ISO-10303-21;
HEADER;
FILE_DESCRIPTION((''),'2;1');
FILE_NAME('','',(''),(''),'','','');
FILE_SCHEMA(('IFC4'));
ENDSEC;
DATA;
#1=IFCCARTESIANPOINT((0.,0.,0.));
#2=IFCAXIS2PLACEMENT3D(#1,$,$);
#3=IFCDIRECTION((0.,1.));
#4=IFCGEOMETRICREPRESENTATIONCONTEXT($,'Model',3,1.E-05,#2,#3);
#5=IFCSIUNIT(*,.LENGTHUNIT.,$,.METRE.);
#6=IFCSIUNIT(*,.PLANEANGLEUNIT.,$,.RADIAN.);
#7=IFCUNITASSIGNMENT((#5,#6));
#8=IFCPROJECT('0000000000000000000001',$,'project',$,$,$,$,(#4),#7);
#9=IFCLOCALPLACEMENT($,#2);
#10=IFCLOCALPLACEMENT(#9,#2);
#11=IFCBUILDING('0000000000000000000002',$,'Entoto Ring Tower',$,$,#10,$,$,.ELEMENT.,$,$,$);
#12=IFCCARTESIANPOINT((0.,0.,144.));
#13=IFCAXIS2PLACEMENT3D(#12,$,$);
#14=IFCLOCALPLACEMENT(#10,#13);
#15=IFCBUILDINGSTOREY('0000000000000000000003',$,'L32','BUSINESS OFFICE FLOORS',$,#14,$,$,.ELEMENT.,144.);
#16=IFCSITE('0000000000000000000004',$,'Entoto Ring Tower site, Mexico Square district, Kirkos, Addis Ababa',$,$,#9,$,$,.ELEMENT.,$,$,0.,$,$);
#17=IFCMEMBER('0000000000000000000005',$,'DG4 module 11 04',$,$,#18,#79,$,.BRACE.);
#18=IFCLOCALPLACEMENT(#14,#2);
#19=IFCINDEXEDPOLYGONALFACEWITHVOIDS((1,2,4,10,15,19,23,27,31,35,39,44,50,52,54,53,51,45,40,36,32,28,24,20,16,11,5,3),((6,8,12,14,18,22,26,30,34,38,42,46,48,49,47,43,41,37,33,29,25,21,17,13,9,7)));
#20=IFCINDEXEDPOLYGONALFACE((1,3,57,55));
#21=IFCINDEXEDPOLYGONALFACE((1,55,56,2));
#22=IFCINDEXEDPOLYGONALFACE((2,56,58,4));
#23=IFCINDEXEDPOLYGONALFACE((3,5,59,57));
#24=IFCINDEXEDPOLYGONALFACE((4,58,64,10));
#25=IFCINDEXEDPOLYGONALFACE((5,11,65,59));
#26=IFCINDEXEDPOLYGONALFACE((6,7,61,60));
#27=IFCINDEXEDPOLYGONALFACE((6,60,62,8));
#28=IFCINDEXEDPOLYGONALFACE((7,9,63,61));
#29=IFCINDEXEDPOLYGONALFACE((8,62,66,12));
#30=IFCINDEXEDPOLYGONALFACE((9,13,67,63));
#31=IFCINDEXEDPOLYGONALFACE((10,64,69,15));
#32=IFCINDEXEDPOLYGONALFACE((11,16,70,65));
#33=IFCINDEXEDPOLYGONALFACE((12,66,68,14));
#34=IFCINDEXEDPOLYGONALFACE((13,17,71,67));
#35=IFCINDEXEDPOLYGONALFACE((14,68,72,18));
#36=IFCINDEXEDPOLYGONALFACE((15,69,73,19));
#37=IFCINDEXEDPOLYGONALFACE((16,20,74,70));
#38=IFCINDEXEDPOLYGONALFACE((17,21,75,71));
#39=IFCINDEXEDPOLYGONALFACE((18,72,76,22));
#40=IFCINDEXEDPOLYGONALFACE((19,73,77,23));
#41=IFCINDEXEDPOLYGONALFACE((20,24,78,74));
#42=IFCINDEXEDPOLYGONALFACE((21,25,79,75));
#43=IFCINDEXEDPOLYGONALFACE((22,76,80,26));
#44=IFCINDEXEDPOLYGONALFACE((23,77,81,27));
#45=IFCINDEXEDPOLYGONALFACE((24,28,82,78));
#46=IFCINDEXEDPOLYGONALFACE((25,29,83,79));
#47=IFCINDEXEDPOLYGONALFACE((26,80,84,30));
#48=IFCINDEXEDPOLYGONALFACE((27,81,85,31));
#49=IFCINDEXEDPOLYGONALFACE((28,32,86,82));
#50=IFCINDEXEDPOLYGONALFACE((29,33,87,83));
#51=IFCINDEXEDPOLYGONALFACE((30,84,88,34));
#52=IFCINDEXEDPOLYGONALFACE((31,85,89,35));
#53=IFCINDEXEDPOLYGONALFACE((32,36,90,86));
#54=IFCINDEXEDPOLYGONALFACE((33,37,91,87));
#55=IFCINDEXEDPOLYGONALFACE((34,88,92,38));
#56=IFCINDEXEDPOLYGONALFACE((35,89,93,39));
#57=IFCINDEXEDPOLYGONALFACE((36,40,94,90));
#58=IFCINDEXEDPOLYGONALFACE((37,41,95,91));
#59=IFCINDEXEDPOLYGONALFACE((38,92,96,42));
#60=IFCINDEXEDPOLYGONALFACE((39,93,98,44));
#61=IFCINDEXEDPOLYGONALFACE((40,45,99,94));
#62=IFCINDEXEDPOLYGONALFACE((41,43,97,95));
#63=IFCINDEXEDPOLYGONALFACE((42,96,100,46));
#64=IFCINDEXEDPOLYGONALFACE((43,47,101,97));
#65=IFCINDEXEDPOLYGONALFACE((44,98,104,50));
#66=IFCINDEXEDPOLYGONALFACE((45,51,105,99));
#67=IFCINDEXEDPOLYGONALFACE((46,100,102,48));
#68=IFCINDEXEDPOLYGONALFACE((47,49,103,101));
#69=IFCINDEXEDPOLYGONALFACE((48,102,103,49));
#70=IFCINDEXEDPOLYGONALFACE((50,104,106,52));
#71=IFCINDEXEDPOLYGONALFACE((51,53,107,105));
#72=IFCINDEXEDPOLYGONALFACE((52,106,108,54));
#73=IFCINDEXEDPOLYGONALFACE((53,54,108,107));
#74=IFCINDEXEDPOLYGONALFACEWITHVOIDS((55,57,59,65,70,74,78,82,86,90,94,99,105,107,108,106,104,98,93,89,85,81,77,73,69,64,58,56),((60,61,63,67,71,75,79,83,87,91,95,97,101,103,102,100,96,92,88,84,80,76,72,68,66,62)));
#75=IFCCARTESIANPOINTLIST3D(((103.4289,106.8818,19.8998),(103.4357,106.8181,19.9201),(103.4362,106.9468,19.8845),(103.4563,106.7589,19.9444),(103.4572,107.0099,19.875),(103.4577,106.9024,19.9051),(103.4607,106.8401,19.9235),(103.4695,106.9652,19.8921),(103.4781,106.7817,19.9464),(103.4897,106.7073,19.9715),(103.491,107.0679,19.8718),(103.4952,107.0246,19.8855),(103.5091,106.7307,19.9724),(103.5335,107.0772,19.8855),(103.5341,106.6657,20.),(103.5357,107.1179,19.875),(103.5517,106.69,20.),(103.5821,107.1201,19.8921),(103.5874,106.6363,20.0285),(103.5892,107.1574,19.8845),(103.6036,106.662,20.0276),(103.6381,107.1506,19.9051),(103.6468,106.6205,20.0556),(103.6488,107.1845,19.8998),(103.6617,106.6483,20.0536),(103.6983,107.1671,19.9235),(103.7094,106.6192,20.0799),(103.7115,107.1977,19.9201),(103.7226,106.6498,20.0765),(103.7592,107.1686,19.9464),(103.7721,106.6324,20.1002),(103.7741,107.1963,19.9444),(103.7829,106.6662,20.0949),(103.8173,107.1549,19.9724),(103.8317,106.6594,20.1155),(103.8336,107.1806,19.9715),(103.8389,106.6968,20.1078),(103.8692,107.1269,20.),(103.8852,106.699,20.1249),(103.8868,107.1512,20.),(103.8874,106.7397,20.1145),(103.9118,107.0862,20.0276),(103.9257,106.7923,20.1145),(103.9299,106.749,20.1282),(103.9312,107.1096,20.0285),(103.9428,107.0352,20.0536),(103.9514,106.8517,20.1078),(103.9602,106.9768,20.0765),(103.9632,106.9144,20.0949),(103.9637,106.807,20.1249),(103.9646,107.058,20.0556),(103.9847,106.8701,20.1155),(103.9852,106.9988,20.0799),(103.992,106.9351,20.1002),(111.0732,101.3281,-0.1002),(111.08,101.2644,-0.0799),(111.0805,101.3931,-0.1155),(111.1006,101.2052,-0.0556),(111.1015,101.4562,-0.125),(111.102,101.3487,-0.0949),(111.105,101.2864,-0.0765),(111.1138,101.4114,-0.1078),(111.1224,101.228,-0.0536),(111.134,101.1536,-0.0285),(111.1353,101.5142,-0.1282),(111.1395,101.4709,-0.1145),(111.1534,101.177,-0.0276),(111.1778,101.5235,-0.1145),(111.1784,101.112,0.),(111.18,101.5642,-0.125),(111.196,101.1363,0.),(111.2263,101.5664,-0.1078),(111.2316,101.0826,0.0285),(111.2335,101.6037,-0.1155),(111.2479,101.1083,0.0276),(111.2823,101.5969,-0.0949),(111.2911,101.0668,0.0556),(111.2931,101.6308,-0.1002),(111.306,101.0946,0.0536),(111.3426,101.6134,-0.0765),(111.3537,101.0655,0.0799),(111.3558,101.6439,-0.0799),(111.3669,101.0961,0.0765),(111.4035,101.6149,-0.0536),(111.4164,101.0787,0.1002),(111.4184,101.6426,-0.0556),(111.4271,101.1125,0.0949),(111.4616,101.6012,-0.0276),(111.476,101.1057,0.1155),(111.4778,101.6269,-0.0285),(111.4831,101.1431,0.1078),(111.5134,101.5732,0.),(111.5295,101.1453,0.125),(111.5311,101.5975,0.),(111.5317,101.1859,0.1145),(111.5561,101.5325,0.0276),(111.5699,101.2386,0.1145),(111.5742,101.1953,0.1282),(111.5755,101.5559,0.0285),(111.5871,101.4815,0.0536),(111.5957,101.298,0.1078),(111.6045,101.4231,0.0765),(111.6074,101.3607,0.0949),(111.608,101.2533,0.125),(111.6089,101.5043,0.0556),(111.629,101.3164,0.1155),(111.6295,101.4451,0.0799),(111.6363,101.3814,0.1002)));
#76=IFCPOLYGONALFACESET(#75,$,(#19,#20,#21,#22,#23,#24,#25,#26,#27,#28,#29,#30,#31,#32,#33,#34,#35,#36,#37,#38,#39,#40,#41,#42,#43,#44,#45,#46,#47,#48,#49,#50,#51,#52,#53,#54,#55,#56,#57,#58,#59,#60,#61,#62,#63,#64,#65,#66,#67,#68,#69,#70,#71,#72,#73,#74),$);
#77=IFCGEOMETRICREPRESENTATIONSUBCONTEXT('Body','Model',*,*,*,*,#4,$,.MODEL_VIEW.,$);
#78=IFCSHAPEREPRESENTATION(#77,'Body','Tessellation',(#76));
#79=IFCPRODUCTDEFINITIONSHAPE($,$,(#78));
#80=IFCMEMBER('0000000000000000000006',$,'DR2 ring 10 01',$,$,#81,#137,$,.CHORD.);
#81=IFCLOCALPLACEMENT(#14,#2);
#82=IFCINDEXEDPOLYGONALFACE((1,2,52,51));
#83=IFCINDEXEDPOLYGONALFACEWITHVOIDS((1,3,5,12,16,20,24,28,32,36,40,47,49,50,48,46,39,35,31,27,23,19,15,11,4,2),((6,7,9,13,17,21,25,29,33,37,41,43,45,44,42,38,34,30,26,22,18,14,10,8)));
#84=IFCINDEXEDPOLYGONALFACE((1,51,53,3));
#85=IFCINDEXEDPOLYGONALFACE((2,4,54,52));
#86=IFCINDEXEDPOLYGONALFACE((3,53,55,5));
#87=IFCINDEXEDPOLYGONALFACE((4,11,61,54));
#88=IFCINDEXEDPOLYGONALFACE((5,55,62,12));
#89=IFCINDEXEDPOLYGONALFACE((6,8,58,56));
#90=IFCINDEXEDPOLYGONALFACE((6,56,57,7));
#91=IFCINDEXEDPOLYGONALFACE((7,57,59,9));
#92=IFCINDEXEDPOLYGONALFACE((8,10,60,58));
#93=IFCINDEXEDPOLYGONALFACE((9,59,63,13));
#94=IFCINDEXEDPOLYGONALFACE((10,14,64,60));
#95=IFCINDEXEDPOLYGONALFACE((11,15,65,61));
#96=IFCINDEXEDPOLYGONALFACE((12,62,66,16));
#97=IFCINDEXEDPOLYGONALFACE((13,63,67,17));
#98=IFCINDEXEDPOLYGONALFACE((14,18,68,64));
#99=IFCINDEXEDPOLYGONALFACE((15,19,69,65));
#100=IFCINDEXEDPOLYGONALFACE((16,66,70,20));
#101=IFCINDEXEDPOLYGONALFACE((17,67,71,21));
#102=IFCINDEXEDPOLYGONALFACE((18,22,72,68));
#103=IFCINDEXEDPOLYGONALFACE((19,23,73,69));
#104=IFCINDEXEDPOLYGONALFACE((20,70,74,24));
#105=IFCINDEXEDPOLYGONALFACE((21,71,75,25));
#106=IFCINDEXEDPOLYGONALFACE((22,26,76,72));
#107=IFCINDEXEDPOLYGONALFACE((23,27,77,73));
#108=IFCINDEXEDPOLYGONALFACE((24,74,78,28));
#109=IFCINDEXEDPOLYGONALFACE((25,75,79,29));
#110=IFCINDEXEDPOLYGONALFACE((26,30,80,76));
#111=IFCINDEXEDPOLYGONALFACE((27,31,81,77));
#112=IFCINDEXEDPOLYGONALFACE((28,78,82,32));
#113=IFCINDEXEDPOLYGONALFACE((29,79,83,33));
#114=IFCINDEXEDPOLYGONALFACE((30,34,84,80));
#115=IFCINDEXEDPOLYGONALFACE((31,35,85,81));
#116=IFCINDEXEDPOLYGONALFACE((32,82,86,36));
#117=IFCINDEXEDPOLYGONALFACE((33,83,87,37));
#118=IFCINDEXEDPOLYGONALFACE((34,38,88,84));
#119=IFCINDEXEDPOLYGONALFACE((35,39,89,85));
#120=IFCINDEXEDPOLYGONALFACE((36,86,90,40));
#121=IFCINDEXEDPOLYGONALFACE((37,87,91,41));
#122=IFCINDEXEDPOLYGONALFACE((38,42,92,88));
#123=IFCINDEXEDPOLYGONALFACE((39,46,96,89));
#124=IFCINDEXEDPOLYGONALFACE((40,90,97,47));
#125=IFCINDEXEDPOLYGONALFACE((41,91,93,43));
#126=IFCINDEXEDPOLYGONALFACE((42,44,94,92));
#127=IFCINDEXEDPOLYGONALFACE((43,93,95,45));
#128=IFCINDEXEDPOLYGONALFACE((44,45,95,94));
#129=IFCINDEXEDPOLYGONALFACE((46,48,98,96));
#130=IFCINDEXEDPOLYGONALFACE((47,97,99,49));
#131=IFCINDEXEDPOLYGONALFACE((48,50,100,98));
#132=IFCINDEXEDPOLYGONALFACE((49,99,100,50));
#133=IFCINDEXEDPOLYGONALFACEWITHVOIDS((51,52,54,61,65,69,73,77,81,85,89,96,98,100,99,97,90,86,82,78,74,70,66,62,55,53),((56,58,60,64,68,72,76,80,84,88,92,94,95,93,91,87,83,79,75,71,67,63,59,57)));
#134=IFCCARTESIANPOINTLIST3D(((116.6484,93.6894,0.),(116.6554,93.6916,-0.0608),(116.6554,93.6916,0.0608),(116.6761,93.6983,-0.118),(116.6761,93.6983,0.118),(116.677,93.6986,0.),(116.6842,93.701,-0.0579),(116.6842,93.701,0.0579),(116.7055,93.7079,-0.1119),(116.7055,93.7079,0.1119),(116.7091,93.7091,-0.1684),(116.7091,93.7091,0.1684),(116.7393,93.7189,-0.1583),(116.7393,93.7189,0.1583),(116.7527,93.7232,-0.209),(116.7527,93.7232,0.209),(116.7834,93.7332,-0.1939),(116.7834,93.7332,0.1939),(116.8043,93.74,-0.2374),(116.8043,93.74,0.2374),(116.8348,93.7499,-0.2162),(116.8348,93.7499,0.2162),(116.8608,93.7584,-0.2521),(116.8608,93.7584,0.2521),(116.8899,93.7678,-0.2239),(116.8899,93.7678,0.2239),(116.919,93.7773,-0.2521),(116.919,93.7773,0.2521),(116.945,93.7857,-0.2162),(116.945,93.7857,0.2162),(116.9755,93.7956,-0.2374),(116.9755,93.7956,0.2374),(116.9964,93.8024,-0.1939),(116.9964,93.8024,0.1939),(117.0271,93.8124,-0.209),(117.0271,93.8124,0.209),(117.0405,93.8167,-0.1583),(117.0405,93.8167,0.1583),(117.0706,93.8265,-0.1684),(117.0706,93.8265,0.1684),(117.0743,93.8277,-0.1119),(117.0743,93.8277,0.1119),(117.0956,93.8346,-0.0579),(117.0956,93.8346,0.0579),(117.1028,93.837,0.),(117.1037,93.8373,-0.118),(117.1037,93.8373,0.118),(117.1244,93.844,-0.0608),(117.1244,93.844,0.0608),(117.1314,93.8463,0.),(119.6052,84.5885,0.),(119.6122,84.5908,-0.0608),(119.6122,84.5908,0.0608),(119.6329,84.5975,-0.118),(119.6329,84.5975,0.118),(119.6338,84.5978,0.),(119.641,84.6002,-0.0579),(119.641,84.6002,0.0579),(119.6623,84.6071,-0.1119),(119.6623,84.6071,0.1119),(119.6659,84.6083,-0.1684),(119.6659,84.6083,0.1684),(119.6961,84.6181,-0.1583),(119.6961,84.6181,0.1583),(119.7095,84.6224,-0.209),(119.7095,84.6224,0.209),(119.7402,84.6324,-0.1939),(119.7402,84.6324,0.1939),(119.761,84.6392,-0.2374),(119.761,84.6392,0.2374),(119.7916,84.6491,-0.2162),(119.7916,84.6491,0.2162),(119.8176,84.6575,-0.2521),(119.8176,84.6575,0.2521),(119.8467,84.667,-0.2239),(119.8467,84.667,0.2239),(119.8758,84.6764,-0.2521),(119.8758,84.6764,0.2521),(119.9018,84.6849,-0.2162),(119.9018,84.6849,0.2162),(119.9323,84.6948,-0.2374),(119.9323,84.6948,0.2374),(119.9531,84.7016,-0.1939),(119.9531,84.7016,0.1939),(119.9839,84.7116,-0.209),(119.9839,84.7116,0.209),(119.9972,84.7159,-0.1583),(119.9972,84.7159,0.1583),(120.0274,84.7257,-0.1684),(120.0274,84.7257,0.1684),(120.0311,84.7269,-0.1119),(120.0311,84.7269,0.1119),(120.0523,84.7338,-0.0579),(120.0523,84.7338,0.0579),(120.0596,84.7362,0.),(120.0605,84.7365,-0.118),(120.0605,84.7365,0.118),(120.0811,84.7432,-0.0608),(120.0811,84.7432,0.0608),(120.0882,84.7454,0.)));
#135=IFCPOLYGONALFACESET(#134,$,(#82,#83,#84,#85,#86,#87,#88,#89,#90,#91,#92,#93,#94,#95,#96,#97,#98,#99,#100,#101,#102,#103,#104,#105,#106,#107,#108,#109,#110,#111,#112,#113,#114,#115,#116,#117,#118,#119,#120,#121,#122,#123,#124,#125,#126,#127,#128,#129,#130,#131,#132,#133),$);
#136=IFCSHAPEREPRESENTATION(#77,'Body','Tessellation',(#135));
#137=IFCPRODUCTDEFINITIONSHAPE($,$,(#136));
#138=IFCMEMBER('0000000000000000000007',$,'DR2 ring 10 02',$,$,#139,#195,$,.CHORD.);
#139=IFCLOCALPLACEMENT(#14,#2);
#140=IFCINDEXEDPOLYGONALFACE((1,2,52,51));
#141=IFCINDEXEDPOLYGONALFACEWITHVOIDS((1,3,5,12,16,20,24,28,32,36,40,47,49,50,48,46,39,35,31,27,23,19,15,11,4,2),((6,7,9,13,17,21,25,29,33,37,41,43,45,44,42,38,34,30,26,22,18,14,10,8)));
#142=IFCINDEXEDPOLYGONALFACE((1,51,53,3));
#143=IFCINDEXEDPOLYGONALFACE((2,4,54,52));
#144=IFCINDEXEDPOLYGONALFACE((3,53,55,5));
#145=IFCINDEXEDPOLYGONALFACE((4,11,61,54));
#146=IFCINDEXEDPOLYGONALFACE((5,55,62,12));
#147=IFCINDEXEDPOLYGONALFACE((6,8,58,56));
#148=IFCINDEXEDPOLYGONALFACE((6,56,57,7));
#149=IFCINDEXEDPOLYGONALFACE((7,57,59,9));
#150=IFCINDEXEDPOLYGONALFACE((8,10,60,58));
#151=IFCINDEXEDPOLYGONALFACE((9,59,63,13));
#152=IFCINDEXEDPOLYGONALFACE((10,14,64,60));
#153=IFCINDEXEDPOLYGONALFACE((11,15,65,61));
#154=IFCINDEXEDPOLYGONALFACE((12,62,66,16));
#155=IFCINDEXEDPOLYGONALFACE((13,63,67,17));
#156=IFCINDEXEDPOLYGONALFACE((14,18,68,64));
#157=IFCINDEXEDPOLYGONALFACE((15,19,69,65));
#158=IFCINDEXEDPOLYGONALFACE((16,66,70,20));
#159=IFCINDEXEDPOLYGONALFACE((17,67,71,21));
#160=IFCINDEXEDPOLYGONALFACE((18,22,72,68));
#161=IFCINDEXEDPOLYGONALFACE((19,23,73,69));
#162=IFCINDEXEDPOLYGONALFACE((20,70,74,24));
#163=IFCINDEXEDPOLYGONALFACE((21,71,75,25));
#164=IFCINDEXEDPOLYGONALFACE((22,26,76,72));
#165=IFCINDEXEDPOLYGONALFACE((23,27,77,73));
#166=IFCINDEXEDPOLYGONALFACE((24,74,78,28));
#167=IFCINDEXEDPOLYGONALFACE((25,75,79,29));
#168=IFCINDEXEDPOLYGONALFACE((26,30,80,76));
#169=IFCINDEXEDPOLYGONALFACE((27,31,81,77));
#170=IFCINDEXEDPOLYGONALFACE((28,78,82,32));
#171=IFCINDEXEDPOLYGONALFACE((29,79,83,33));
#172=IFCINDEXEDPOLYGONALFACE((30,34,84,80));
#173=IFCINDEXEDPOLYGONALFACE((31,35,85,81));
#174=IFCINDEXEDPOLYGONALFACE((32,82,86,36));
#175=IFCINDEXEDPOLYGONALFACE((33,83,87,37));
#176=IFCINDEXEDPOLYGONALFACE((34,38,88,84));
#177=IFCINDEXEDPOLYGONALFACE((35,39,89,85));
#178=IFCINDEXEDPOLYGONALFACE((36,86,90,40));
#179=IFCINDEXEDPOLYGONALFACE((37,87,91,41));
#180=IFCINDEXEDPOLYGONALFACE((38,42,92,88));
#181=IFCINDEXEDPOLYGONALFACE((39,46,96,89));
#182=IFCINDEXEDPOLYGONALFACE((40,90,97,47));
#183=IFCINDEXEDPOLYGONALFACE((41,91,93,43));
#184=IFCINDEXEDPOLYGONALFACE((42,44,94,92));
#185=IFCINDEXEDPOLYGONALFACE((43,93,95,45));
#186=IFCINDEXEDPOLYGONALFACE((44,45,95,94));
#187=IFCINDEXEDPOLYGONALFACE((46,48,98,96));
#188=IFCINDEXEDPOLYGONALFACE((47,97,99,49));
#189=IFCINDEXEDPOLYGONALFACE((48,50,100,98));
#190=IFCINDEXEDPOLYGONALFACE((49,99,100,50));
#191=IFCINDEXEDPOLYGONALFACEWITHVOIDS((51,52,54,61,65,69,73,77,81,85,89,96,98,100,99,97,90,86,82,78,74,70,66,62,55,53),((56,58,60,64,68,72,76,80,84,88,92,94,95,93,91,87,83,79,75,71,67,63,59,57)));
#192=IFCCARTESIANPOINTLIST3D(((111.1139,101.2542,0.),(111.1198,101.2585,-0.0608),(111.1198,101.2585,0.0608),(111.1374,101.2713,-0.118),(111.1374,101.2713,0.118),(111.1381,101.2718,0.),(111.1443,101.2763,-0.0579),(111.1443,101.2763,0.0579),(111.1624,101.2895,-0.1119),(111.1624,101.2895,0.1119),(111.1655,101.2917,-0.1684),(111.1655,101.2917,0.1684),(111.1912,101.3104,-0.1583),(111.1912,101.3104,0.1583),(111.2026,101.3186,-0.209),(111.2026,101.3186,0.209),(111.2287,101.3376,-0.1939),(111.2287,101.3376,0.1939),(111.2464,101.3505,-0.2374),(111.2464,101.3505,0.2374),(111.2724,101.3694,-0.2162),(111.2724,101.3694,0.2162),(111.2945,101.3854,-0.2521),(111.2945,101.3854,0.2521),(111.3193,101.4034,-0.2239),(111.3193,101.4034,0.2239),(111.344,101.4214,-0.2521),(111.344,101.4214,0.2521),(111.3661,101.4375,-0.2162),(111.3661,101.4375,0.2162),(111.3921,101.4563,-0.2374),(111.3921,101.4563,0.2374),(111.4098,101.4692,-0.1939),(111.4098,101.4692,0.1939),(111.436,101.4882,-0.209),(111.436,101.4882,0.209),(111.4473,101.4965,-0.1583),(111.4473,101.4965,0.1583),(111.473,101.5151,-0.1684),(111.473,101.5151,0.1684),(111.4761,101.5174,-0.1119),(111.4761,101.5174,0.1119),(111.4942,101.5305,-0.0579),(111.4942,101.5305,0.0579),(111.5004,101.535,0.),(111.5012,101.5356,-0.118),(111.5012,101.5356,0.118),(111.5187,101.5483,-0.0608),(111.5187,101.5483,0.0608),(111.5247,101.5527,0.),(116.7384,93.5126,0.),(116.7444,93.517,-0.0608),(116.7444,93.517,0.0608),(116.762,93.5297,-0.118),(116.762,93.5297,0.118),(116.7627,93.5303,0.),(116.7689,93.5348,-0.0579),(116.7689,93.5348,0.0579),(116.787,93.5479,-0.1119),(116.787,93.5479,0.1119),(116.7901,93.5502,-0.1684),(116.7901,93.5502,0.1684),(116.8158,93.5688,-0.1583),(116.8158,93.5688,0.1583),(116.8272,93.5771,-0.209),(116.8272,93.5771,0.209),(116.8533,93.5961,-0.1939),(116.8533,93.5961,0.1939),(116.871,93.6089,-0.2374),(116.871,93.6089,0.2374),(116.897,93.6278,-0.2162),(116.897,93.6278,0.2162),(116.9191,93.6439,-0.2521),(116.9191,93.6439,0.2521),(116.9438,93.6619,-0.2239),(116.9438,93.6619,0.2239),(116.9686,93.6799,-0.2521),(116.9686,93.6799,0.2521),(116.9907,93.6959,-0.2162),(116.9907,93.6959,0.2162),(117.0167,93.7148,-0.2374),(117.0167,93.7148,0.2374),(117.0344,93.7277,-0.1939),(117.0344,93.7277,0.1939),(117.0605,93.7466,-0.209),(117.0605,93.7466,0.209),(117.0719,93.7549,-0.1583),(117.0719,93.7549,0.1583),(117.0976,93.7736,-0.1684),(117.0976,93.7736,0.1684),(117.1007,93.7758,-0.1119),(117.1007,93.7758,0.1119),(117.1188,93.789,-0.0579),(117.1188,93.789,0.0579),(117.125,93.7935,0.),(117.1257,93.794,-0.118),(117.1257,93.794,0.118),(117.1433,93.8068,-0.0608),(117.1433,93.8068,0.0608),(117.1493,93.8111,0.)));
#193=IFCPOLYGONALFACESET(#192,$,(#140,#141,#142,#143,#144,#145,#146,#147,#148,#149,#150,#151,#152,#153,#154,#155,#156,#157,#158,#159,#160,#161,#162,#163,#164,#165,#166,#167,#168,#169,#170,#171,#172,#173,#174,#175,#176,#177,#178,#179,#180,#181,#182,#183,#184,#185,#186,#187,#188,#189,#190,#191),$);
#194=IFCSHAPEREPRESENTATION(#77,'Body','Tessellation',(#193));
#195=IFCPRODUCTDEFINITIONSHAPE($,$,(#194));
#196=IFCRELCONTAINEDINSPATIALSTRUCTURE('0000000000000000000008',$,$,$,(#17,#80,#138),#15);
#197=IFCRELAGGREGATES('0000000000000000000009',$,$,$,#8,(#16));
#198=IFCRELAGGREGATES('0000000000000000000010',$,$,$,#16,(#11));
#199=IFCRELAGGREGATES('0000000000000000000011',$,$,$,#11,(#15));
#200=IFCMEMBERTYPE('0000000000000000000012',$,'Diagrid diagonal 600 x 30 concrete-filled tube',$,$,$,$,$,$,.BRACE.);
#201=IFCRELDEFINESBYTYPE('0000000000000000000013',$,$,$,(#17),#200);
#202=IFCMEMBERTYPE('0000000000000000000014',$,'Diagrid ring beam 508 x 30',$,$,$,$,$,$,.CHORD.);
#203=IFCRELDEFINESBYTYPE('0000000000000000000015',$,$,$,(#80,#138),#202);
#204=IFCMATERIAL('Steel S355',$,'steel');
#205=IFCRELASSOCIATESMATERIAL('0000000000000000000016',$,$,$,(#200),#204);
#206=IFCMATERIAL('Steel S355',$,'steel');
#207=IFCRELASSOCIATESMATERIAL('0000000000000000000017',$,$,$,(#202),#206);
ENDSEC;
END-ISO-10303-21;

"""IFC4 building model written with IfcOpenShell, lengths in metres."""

from ifc_helpers import new_model, si_unit, direction, frame, origin, origin_2d, place, context, subcontext, project, spatial, circle, hollow_circle, extrude, material, material_profile, profile_set, type_object, element, save


model = new_model("IFC4")

# Units and contexts
model_context = context("Model", 3, precision=1e-05, world=origin(), true_north=direction((0.0, 1.0)))
body_context = subcontext(model_context, "Body", "Model", "MODEL_VIEW")
ifc_project = project(units=[si_unit("LENGTHUNIT", "METRE"), si_unit("PLANEANGLEUNIT", "RADIAN")], contexts=[model_context])

# Site, building, storey
site_placement = place(None, origin())
site = spatial("IfcSite", under=ifc_project, at=site_placement, Name="Entoto Ring Tower site, Mexico Square district, Kirkos, Addis Ababa", CompositionType="ELEMENT", RefElevation=0.0)
building_placement = place(site_placement, origin())
building = spatial("IfcBuilding", under=site, at=building_placement, Name="Entoto Ring Tower", CompositionType="ELEMENT")
storey_placement = place(building_placement, frame((0.0, 0.0, 144.0)))
storey = spatial("IfcBuildingStorey", under=building, at=storey_placement, Name="L32", Description="BUSINESS OFFICE FLOORS", CompositionType="ELEMENT", Elevation=144.0)

# Members
ifc_material_1 = material(Name="Steel S355", Category="steel")
ifc_material_profile_1 = material_profile(ifc_material_1, hollow_circle(Radius=0.3, WallThickness=0.03, at=origin_2d()), Name="CHS 600 x 30")
ifc_material_2 = material(Name="Concrete C60/75", Category="concrete")
ifc_material_profile_2 = material_profile(ifc_material_2, circle(Radius=0.27, at=origin_2d()), Name="Concrete C60/75 infill")
ifc_profile_set_1 = profile_set([ifc_material_profile_1, ifc_material_profile_2], Name="Steel S355")
member_type_1 = type_object("IfcMemberType", Name="Diagrid diagonal 600 x 30 concrete-filled tube", PredefinedType="BRACE", material=ifc_profile_set_1)
for number, where, z_axis, x_axis, name in (
    (1, (111.3547, 101.3547, 0.0), (-0.345588, 0.251076, 0.904174), (-0.587772, -0.809026, 0.0), "DG4 module 11 04"),
):
    element("IfcMember", number, at=place(storey_placement, frame(where, z_axis=z_axis, x_axis=x_axis)), inside=storey, type_object=member_type_1, Name=name, PredefinedType="BRACE", context=body_context, shape_type="SweptSolid", body=[
        extrude(hollow_circle(Radius=0.3, WallThickness=0.03, at=origin_2d()), origin(), (0.0, 0.0, 1.0), 22.1196),
    ])
ifc_material_3 = material(Name="Steel S355", Category="steel")
ifc_material_profile_3 = material_profile(ifc_material_3, hollow_circle(Radius=0.2539, WallThickness=0.03, at=origin_2d()), Name="CHS 508 x 30")
ifc_material_4 = material(Name="Concrete C60/75", Category="concrete")
ifc_material_profile_4 = material_profile(ifc_material_4, circle(Radius=0.2241, at=origin_2d()), Name="Concrete C60/75 infill")
ifc_profile_set_2 = profile_set([ifc_material_profile_3, ifc_material_profile_4], Name="Steel S355")
member_type_2 = type_object("IfcMemberType", Name="Diagrid ring beam 508 x 30", PredefinedType="CHORD", material=ifc_profile_set_2)
for number, where, z_axis, x_axis, name in (
    (2, (119.8467, 84.667, 0.0), (-0.308993, 0.951064, 0.0), (-0.951064, -0.308993, 0.0), "DR2 ring 10 01"),
    (3, (116.9438, 93.6619, 0.0), (-0.587786, 0.809016, 0.0), (-0.809016, -0.587786, 0.0), "DR2 ring 10 02"),
):
    element("IfcMember", number, at=place(storey_placement, frame(where, z_axis=z_axis, x_axis=x_axis)), inside=storey, type_object=member_type_2, Name=name, PredefinedType="CHORD", context=body_context, shape_type="SweptSolid", body=[
        extrude(hollow_circle(Radius=0.2539, WallThickness=0.03, at=origin_2d()), origin(), (0.0, 0.0, 1.0), 9.5691),
    ])

save(model, "model.ifc")
